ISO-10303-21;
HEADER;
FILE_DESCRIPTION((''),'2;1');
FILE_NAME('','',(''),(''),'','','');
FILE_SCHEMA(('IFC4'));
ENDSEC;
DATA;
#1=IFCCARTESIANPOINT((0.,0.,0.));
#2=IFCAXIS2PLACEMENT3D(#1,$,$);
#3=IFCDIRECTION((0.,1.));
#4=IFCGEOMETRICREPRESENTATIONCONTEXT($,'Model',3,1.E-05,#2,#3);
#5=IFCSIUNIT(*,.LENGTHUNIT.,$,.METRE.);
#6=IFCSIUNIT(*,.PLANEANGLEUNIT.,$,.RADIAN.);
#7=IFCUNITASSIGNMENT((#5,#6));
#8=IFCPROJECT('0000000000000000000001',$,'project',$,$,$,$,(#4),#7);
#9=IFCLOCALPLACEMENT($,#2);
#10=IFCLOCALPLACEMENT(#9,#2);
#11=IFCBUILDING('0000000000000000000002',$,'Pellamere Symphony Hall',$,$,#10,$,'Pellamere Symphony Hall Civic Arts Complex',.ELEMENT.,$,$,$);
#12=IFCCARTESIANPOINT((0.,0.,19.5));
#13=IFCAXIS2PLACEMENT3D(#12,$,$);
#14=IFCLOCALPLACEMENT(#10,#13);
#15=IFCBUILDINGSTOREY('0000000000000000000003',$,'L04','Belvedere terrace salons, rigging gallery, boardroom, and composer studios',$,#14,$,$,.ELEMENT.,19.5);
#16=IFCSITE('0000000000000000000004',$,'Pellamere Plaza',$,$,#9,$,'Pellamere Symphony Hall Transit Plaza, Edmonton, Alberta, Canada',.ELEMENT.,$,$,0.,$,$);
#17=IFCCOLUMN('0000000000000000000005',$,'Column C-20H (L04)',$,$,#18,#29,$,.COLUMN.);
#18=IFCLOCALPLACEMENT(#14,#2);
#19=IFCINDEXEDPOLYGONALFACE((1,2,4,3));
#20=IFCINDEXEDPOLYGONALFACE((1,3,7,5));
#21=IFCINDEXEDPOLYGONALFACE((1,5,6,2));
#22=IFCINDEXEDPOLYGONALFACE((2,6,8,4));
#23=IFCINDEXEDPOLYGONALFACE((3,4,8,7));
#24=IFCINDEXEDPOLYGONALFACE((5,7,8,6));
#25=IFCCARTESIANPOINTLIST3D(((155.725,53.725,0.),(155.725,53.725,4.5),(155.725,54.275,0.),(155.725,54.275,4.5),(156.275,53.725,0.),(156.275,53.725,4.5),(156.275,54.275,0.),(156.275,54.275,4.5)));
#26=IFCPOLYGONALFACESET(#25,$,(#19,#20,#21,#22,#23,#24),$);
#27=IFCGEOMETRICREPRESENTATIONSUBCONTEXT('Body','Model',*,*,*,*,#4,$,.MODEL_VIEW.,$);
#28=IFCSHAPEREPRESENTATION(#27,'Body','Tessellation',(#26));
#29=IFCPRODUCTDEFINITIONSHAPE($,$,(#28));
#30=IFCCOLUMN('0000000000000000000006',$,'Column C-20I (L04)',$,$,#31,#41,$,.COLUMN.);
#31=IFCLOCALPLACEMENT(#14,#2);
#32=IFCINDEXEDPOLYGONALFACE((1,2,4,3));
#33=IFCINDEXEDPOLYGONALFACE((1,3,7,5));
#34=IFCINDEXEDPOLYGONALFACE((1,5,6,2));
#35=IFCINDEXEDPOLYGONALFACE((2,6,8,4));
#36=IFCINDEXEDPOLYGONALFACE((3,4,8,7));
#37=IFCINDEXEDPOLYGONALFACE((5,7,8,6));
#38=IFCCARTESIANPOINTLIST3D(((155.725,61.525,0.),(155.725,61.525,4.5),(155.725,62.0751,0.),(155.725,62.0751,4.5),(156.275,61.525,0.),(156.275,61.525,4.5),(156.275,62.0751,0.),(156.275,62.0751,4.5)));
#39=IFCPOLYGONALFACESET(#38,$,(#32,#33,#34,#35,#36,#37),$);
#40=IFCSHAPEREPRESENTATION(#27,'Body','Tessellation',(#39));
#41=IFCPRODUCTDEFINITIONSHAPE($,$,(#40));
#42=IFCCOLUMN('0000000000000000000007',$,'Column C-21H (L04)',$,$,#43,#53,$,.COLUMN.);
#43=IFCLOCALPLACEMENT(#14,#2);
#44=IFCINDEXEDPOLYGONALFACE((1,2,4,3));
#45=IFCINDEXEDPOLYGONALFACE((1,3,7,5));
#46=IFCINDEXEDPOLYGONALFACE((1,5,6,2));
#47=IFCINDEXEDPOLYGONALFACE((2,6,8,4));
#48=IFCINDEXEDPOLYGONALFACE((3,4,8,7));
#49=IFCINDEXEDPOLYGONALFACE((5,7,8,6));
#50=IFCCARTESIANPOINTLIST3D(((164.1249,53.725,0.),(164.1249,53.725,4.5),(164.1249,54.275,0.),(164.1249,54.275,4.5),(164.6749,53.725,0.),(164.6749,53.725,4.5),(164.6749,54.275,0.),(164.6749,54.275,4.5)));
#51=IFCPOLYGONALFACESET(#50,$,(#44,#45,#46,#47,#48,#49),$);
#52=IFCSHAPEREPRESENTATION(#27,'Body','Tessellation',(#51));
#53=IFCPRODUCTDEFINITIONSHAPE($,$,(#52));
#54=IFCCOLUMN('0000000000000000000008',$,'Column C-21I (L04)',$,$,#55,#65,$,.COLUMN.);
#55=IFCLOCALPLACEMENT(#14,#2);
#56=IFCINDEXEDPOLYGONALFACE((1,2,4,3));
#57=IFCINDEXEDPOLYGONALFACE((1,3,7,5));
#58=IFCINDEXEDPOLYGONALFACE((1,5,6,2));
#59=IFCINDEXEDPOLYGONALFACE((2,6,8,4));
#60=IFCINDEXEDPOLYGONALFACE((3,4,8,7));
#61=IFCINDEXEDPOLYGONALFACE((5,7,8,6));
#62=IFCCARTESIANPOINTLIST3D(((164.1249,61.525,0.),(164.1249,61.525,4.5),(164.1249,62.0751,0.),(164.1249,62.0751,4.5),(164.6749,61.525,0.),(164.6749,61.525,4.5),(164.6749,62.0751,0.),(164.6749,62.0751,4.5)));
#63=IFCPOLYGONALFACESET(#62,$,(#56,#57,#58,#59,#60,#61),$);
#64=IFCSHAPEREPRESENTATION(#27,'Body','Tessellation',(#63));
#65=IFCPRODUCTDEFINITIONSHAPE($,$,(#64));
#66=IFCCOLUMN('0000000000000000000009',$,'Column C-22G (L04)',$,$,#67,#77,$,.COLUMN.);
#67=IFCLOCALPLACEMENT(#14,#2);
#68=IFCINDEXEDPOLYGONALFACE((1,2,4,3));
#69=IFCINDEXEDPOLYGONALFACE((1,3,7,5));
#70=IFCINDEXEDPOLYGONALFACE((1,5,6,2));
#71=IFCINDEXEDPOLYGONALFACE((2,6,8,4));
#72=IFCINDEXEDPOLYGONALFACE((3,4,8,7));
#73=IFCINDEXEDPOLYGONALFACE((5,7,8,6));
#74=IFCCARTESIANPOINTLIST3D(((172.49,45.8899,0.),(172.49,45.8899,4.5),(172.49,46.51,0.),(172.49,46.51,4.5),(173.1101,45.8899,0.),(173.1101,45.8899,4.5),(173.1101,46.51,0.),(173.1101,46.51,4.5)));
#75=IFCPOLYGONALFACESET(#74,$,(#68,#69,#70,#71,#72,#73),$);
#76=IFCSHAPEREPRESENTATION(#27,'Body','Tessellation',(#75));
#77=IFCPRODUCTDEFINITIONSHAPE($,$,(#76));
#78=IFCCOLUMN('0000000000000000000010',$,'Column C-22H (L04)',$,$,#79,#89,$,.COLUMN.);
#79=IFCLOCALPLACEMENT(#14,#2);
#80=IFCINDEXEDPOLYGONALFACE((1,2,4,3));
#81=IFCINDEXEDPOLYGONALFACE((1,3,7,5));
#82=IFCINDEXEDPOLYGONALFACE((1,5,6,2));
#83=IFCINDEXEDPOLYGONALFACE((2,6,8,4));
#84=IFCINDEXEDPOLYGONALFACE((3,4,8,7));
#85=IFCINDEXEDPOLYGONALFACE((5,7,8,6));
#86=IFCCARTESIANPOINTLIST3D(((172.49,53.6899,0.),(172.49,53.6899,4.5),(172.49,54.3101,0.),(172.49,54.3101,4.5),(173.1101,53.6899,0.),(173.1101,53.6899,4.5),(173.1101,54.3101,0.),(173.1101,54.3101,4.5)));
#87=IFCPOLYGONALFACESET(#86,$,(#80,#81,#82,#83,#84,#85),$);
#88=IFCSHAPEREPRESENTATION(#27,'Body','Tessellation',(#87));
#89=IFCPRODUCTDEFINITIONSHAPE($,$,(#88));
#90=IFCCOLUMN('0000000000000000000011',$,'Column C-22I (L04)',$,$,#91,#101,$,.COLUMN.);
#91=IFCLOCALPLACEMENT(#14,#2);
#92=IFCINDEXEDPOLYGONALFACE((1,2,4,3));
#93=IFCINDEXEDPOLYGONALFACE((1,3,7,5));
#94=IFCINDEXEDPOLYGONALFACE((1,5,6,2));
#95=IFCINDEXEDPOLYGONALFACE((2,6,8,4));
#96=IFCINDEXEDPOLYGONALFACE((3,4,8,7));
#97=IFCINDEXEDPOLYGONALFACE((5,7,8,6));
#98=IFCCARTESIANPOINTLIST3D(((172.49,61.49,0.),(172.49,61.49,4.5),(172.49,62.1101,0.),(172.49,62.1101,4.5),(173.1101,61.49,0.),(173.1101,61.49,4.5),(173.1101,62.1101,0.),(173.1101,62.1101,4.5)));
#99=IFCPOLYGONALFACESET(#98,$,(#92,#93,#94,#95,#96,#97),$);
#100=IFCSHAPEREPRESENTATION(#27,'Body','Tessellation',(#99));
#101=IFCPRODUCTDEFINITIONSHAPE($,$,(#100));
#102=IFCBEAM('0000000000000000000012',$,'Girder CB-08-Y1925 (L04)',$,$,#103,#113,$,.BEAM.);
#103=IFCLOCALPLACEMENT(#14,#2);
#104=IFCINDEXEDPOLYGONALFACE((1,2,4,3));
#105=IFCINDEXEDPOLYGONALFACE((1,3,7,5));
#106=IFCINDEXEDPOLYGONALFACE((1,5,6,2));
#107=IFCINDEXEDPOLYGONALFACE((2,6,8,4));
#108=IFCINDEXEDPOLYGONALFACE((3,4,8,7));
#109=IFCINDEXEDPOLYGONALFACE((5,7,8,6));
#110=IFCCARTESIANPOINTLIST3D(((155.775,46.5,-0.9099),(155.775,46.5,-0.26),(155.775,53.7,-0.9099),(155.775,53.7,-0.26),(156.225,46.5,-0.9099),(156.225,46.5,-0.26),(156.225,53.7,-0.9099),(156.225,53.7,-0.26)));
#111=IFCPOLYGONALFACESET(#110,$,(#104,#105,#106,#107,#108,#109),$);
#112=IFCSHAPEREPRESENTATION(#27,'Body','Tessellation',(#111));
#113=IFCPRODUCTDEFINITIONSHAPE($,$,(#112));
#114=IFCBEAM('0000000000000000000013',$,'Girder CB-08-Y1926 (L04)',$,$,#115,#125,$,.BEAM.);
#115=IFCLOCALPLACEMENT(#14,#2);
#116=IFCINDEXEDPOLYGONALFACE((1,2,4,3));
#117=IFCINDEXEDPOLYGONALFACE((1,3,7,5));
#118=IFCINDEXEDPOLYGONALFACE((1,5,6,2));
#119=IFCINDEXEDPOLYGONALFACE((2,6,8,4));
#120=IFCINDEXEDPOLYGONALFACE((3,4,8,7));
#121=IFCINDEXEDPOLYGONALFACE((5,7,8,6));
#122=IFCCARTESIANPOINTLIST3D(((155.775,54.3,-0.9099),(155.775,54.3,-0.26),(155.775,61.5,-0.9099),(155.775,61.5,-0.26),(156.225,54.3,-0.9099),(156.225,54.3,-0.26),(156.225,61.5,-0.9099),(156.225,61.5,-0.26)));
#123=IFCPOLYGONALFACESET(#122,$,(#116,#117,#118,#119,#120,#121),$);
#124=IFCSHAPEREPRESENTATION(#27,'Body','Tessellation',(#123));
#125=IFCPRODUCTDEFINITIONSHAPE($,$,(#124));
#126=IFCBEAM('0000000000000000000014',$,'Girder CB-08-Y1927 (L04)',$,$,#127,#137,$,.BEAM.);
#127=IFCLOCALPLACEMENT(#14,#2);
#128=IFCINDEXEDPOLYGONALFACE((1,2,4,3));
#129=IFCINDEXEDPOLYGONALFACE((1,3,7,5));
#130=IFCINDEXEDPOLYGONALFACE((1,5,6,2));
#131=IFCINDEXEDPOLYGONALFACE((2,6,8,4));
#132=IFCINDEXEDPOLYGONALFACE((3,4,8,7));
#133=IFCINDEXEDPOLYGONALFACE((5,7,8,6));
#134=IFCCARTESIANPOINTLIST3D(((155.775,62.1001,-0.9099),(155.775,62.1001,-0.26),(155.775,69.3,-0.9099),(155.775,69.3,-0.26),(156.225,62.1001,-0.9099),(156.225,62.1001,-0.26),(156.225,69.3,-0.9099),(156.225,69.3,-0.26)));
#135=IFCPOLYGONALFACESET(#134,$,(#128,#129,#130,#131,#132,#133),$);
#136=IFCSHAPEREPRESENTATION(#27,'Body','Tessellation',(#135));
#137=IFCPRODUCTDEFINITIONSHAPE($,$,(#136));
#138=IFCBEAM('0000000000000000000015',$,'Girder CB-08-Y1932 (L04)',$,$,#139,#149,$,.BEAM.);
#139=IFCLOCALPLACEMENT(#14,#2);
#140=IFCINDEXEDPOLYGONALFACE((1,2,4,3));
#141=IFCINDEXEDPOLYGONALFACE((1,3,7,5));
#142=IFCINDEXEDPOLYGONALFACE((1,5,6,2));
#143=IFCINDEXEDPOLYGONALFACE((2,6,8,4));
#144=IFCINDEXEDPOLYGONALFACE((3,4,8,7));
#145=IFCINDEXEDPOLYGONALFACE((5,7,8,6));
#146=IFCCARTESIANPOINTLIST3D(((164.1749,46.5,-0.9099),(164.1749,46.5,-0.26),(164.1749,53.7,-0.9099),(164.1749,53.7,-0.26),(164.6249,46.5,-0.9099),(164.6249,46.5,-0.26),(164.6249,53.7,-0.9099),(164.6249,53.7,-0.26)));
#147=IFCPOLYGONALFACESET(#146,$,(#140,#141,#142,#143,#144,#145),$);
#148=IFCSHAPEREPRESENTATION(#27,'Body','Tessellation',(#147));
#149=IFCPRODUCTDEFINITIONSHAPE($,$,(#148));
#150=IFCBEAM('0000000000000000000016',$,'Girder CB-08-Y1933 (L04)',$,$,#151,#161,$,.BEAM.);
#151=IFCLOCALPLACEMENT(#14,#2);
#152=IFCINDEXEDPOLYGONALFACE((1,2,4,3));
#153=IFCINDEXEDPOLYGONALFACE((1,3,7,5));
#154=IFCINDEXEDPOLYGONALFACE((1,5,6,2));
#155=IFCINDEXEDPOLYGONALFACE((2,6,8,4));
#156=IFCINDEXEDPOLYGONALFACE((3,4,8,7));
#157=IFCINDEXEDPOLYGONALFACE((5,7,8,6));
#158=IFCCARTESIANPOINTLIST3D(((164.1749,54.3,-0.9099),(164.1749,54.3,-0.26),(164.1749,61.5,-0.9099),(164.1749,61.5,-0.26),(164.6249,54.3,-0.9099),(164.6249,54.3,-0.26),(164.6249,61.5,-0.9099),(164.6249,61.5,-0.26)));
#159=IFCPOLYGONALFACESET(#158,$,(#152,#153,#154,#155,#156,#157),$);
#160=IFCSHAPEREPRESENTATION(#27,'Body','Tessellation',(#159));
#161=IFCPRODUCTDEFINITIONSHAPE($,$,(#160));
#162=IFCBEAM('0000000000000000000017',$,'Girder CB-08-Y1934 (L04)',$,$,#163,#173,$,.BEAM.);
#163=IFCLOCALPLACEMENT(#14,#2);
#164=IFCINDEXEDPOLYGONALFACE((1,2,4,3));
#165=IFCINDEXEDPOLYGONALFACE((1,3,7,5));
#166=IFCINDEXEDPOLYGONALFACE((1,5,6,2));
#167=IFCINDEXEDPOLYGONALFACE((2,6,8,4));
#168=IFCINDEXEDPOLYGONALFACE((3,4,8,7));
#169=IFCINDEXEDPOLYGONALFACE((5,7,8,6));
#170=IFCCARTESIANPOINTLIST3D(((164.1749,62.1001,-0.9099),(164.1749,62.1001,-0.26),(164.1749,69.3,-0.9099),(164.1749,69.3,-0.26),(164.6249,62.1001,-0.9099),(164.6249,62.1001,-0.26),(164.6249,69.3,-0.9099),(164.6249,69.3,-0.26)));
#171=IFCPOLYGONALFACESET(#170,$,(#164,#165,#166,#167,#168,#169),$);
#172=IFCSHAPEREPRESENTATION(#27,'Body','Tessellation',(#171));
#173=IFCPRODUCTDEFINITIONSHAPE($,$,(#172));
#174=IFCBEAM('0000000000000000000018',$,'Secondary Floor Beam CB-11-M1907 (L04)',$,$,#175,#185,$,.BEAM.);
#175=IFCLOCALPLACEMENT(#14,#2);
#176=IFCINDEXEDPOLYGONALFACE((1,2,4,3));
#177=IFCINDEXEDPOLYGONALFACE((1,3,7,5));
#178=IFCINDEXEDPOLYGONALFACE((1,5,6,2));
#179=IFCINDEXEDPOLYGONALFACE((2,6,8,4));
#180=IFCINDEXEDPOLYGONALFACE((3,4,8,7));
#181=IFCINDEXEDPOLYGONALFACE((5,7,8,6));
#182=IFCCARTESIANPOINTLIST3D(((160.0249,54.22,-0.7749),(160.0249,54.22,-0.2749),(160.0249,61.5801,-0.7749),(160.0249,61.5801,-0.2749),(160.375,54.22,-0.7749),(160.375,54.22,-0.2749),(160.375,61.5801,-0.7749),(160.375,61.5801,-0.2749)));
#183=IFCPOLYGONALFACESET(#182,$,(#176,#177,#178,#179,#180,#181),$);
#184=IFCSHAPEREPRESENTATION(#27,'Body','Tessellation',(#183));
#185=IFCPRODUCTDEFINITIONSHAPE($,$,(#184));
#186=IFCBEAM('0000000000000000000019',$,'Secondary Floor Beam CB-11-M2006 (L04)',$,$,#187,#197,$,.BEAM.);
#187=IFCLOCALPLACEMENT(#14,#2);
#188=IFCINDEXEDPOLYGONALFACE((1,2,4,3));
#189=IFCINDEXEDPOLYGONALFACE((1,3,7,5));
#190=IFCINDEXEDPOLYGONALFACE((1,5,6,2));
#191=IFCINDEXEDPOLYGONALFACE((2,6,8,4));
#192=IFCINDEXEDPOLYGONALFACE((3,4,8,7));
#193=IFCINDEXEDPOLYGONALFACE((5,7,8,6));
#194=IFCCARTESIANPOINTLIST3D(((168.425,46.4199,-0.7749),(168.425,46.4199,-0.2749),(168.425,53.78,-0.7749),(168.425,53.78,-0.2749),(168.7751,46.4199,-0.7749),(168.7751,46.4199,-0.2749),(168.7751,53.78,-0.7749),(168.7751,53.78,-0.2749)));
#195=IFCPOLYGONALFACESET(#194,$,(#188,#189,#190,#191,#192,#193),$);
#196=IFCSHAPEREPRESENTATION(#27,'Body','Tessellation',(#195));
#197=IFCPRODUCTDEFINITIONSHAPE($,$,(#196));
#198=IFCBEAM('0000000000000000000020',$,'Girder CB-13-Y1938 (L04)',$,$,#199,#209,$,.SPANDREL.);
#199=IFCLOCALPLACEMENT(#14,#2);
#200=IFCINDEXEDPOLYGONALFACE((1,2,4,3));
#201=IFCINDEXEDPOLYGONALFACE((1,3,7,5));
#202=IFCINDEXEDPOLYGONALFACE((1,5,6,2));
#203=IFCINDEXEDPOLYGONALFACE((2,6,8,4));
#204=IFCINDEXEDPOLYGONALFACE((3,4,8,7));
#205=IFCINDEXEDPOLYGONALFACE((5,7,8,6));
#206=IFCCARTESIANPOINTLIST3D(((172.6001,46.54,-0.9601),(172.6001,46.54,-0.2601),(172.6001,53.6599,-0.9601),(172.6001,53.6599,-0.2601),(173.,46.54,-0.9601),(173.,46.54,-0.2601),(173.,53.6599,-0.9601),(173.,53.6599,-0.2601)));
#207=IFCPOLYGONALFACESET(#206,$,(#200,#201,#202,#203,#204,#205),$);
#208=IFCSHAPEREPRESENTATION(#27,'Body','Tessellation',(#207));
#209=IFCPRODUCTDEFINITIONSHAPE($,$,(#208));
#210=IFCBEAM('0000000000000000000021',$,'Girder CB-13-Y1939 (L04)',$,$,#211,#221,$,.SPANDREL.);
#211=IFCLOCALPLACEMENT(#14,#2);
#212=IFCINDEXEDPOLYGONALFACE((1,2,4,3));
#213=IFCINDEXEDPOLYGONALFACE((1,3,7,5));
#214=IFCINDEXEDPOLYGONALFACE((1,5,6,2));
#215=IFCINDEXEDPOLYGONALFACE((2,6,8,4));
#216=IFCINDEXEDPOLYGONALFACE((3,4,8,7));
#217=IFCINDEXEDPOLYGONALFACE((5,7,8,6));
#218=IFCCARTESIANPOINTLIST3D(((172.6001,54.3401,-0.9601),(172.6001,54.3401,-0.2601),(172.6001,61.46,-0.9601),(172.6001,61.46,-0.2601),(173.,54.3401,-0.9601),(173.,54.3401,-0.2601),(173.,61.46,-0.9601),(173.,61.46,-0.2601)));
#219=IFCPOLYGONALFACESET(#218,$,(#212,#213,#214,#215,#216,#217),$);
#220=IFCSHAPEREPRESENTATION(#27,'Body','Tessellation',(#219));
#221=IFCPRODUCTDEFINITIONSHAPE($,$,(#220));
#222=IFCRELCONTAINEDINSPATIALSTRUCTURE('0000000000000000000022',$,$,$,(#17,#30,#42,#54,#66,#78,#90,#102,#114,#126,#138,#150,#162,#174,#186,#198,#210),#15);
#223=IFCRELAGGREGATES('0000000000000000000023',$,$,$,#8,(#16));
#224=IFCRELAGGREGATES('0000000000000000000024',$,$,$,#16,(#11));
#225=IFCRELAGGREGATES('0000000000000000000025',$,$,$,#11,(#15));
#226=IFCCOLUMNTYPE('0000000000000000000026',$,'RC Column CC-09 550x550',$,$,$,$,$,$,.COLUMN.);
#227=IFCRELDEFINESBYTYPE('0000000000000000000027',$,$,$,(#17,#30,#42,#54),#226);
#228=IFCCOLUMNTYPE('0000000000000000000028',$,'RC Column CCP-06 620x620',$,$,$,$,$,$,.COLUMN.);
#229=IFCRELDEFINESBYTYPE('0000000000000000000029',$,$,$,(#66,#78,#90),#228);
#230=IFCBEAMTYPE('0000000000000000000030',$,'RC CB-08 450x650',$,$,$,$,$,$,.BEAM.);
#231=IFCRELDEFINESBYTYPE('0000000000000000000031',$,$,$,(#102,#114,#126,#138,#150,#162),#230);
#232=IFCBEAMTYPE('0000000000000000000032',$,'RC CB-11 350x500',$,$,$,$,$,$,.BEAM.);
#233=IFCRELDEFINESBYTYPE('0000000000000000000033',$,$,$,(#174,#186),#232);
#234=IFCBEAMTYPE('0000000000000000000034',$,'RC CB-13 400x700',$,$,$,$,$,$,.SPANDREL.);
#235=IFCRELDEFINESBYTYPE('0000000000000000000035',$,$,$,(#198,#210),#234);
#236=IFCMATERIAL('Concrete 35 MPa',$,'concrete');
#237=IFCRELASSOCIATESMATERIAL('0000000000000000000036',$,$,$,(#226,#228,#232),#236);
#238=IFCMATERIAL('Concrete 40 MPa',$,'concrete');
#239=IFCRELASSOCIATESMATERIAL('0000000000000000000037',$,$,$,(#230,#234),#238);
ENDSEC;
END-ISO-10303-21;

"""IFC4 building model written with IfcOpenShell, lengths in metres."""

from ifc_helpers import new_model, si_unit, direction, frame, origin, origin_2d, place, context, subcontext, project, spatial, rectangle, extrude, material, material_profile, profile_set, type_object, element, save


model = new_model("IFC4")

# Units and contexts
model_context = context("Model", 3, precision=1e-05, world=origin(), true_north=direction((0.0, 1.0)))
body_context = subcontext(model_context, "Body", "Model", "MODEL_VIEW")
ifc_project = project(units=[si_unit("LENGTHUNIT", "METRE"), si_unit("PLANEANGLEUNIT", "RADIAN")], contexts=[model_context])

# Site, building, storey
site_placement = place(None, origin())
site = spatial("IfcSite", under=ifc_project, at=site_placement, Name="Pellamere Plaza", LongName="Pellamere Symphony Hall Transit Plaza, Edmonton, Alberta, Canada", CompositionType="ELEMENT", RefElevation=0.0)
building_placement = place(site_placement, origin())
building = spatial("IfcBuilding", under=site, at=building_placement, Name="Pellamere Symphony Hall", LongName="Pellamere Symphony Hall Civic Arts Complex", CompositionType="ELEMENT")
storey_placement = place(building_placement, frame((0.0, 0.0, 19.5)))
storey = spatial("IfcBuildingStorey", under=building, at=storey_placement, Name="L04", Description="Belvedere terrace salons, rigging gallery, boardroom, and composer studios", CompositionType="ELEMENT", Elevation=19.5)

# Columns
ifc_material_1 = material(Name="Concrete 35 MPa", Category="concrete")
ifc_material_profile_1 = material_profile(ifc_material_1, rectangle(XDim=0.55, YDim=0.55, at=origin_2d()), Name="RC 550x550")
ifc_profile_set_1 = profile_set([ifc_material_profile_1], Name="Concrete 35 MPa")
column_type_1 = type_object("IfcColumnType", Name="RC Column CC-09 550x550", PredefinedType="COLUMN", material=ifc_profile_set_1)
for number, where, z_axis, x_axis, name in (
    (1, (156.0, 54.0, 0.0), (0.0, 0.0, 1.0), (1.0, 0.0, 0.0), "Column C-20H (L04)"),
    (2, (156.0, 61.8, 0.0), (0.0, 0.0, 1.0), (1.0, 0.0, 0.0), "Column C-20I (L04)"),
    (3, (164.3999, 54.0, 0.0), (0.0, 0.0, 1.0), (1.0, 0.0, 0.0), "Column C-21H (L04)"),
    (4, (164.3999, 61.8, 0.0), (0.0, 0.0, 1.0), (1.0, 0.0, 0.0), "Column C-21I (L04)"),
):
    element("IfcColumn", number, at=place(storey_placement, frame(where, z_axis=z_axis, x_axis=x_axis)), inside=storey, type_object=column_type_1, Name=name, PredefinedType="COLUMN", context=body_context, shape_type="SweptSolid", body=[
        extrude(rectangle(XDim=0.55, YDim=0.55, at=origin_2d()), origin(), (0.0, 0.0, 1.0), 4.5),
    ])
ifc_material_profile_2 = material_profile(ifc_material_1, rectangle(XDim=0.6201, YDim=0.6201, at=origin_2d()), Name="RC 620x620")
ifc_profile_set_2 = profile_set([ifc_material_profile_2], Name="Concrete 35 MPa")
column_type_2 = type_object("IfcColumnType", Name="RC Column CCP-06 620x620", PredefinedType="COLUMN", material=ifc_profile_set_2)
for number, where, z_axis, x_axis, name in (
    (5, (172.8, 46.2, 0.0), (0.0, 0.0, 1.0), (1.0, 0.0, 0.0), "Column C-22G (L04)"),
    (6, (172.8, 54.0, 0.0), (0.0, 0.0, 1.0), (1.0, 0.0, 0.0), "Column C-22H (L04)"),
    (7, (172.8, 61.8, 0.0), (0.0, 0.0, 1.0), (1.0, 0.0, 0.0), "Column C-22I (L04)"),
):
    element("IfcColumn", number, at=place(storey_placement, frame(where, z_axis=z_axis, x_axis=x_axis)), inside=storey, type_object=column_type_2, Name=name, PredefinedType="COLUMN", context=body_context, shape_type="SweptSolid", body=[
        extrude(rectangle(XDim=0.6201, YDim=0.6201, at=origin_2d()), origin(), (0.0, 0.0, 1.0), 4.5),
    ])

# Beams
ifc_material_2 = material(Name="Concrete 40 MPa", Category="concrete")
ifc_material_profile_3 = material_profile(ifc_material_2, rectangle(XDim=0.45, YDim=0.6499, at=origin_2d()), Name="RC 450x650")
ifc_profile_set_3 = profile_set([ifc_material_profile_3], Name="Concrete 40 MPa")
beam_type_1 = type_object("IfcBeamType", Name="RC CB-08 450x650", PredefinedType="BEAM", material=ifc_profile_set_3)
for number, where, z_axis, x_axis, name in (
    (8, (156.0, 46.5, -0.585), (0.0, 1.0, 0.0), (-1.0, 0.0, 0.0), "Girder CB-08-Y1925 (L04)"),
    (9, (156.0, 54.3, -0.585), (0.0, 1.0, 0.0), (-1.0, 0.0, 0.0), "Girder CB-08-Y1926 (L04)"),
    (10, (156.0, 62.1001, -0.585), (0.0, 1.0, 0.0), (-1.0, 0.0, 0.0), "Girder CB-08-Y1927 (L04)"),
    (11, (164.3999, 46.5, -0.585), (0.0, 1.0, 0.0), (-1.0, 0.0, 0.0), "Girder CB-08-Y1932 (L04)"),
    (12, (164.3999, 54.3, -0.585), (0.0, 1.0, 0.0), (-1.0, 0.0, 0.0), "Girder CB-08-Y1933 (L04)"),
    (13, (164.3999, 62.1001, -0.585), (0.0, 1.0, 0.0), (-1.0, 0.0, 0.0), "Girder CB-08-Y1934 (L04)"),
):
    element("IfcBeam", number, at=place(storey_placement, frame(where, z_axis=z_axis, x_axis=x_axis)), inside=storey, type_object=beam_type_1, Name=name, PredefinedType="BEAM", context=body_context, shape_type="SweptSolid", body=[
        extrude(rectangle(XDim=0.45, YDim=0.6499, at=origin_2d()), origin(), (0.0, 0.0, 1.0), 7.2),
    ])
ifc_material_profile_4 = material_profile(ifc_material_1, rectangle(XDim=0.3501, YDim=0.5, at=origin_2d()), Name="RC 350x500")
ifc_profile_set_4 = profile_set([ifc_material_profile_4], Name="Concrete 35 MPa")
beam_type_2 = type_object("IfcBeamType", Name="RC CB-11 350x500", PredefinedType="BEAM", material=ifc_profile_set_4)
for number, where, z_axis, x_axis, name in (
    (14, (160.2, 54.22, -0.5249), (0.0, 1.0, 0.0), (-1.0, 0.0, 0.0), "Secondary Floor Beam CB-11-M1907 (L04)"),
    (15, (168.6001, 46.4199, -0.5249), (0.0, 1.0, 0.0), (-1.0, 0.0, 0.0), "Secondary Floor Beam CB-11-M2006 (L04)"),
):
    element("IfcBeam", number, at=place(storey_placement, frame(where, z_axis=z_axis, x_axis=x_axis)), inside=storey, type_object=beam_type_2, Name=name, PredefinedType="BEAM", context=body_context, shape_type="SweptSolid", body=[
        extrude(rectangle(XDim=0.3501, YDim=0.5, at=origin_2d()), origin(), (0.0, 0.0, 1.0), 7.3601),
    ])
ifc_material_profile_5 = material_profile(ifc_material_2, rectangle(XDim=0.3999, YDim=0.7, at=origin_2d()), Name="RC 400x700")
ifc_profile_set_5 = profile_set([ifc_material_profile_5], Name="Concrete 40 MPa")
beam_type_3 = type_object("IfcBeamType", Name="RC CB-13 400x700", PredefinedType="SPANDREL", material=ifc_profile_set_5)
for number, where, z_axis, x_axis, name in (
    (16, (172.8, 46.54, -0.6101), (0.0, 1.0, 0.0), (-1.0, 0.0, 0.0), "Girder CB-13-Y1938 (L04)"),
    (17, (172.8, 54.3401, -0.6101), (0.0, 1.0, 0.0), (-1.0, 0.0, 0.0), "Girder CB-13-Y1939 (L04)"),
):
    element("IfcBeam", number, at=place(storey_placement, frame(where, z_axis=z_axis, x_axis=x_axis)), inside=storey, type_object=beam_type_3, Name=name, PredefinedType="SPANDREL", context=body_context, shape_type="SweptSolid", body=[
        extrude(rectangle(XDim=0.3999, YDim=0.7, at=origin_2d()), origin(), (0.0, 0.0, 1.0), 7.1199),
    ])

save(model, "model.ifc")
